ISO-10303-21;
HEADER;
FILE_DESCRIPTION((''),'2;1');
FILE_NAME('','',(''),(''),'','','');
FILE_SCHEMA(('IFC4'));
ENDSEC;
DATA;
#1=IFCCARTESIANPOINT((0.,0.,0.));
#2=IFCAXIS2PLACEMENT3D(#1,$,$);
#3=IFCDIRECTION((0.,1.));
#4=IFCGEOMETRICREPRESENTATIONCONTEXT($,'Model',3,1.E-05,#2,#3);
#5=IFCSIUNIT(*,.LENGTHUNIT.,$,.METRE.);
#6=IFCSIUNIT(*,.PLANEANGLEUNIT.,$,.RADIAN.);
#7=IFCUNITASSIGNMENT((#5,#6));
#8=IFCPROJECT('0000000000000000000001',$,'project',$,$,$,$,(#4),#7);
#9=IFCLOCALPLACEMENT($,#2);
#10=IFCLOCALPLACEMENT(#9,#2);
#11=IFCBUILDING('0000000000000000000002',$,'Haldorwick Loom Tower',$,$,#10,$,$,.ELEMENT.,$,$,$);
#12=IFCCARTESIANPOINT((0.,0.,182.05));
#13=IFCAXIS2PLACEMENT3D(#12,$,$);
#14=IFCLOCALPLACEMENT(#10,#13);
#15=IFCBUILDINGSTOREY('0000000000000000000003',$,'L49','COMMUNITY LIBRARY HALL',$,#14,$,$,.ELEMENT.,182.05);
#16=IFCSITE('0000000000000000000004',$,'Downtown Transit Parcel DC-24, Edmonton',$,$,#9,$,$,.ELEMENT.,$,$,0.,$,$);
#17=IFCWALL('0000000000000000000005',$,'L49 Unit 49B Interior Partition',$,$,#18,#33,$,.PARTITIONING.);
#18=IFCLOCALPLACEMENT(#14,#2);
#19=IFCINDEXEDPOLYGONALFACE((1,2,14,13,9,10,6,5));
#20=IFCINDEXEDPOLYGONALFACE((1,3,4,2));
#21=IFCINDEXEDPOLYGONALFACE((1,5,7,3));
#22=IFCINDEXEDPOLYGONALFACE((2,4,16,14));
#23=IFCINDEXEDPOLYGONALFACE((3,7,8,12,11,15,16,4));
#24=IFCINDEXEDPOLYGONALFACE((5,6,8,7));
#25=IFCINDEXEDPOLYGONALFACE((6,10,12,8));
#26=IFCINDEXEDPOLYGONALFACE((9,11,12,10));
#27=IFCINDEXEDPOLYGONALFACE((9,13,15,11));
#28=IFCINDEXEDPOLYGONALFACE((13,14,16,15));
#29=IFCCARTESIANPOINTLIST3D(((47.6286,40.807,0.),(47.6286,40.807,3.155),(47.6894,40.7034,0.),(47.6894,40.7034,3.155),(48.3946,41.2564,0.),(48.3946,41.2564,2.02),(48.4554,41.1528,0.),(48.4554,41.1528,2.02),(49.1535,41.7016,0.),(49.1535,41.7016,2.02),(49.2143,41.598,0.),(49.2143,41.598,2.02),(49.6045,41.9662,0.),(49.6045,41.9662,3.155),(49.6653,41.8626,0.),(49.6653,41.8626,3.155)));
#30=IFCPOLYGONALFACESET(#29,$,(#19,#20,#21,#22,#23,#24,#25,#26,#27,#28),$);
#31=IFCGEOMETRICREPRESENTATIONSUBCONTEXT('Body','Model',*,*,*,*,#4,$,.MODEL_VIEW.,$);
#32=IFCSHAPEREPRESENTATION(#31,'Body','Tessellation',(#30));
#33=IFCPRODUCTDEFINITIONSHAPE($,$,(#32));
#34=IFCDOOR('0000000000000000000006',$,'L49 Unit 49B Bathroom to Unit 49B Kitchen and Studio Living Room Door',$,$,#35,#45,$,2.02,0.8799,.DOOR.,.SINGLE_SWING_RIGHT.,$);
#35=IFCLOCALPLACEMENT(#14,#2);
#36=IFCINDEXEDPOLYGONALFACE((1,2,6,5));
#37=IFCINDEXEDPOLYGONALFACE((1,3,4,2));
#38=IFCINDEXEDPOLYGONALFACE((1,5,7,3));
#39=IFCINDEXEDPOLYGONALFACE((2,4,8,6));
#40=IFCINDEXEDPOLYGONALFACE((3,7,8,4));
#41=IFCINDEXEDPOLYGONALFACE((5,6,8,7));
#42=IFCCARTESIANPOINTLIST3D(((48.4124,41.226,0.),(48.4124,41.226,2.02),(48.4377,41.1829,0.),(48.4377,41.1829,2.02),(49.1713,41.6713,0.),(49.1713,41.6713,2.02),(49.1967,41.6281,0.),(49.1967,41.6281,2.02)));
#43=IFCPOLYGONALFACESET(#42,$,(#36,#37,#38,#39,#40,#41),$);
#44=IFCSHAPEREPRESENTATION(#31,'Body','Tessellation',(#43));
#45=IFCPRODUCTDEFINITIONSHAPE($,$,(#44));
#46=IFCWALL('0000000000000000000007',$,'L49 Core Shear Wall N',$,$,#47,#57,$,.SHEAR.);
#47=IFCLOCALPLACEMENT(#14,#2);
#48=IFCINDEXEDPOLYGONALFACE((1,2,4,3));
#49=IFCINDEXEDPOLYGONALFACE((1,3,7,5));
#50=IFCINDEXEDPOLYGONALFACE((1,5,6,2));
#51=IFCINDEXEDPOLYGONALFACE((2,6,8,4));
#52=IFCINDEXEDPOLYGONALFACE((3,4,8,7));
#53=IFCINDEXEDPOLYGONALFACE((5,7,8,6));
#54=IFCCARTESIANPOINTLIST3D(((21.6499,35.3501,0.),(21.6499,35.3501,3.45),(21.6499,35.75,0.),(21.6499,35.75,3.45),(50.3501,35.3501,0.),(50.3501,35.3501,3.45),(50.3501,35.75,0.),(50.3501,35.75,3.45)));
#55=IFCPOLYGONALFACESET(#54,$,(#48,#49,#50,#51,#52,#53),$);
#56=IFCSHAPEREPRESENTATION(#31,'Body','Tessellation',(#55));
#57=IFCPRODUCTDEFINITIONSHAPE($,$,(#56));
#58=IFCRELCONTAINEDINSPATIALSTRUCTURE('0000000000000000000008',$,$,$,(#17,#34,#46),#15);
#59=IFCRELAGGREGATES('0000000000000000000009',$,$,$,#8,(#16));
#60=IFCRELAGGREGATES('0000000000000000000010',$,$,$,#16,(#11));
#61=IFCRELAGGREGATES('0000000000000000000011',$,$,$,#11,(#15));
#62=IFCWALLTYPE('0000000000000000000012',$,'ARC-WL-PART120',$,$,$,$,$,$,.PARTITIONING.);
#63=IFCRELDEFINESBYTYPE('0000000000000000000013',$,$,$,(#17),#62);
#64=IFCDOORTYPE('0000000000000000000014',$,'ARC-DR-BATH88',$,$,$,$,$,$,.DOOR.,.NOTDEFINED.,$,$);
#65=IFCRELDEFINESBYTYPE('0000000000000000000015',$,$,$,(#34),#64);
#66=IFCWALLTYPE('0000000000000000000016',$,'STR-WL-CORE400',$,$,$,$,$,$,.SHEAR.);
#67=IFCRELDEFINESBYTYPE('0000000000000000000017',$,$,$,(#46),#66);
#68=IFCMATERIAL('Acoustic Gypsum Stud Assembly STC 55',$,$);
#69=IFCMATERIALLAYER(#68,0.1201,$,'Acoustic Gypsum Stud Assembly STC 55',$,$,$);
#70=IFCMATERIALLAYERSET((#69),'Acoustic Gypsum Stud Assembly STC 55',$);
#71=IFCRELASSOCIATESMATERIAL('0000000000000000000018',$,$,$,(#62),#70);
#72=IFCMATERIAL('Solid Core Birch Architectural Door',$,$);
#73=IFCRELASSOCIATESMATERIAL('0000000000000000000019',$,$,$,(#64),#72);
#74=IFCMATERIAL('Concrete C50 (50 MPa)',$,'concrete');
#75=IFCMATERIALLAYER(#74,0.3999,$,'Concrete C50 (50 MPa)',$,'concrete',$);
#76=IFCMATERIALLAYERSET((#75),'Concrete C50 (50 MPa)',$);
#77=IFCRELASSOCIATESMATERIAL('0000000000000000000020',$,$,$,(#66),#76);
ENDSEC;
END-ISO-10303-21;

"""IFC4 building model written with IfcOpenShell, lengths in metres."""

from ifc_helpers import new_model, si_unit, direction, frame, frame_2d, origin, place, context, subcontext, project, spatial, rectangle, extrude, material, layer, layer_set, type_object, element, fill, save


model = new_model("IFC4")

# Units and contexts
model_context = context("Model", 3, precision=1e-05, world=origin(), true_north=direction((0.0, 1.0)))
body_context = subcontext(model_context, "Body", "Model", "MODEL_VIEW")
ifc_project = project(units=[si_unit("LENGTHUNIT", "METRE"), si_unit("PLANEANGLEUNIT", "RADIAN")], contexts=[model_context])

# Site, building, storey
site_placement = place(None, origin())
site = spatial("IfcSite", under=ifc_project, at=site_placement, Name="Downtown Transit Parcel DC-24, Edmonton", CompositionType="ELEMENT", RefElevation=0.0)
building_placement = place(site_placement, origin())
building = spatial("IfcBuilding", under=site, at=building_placement, Name="Haldorwick Loom Tower", CompositionType="ELEMENT")
storey_placement = place(building_placement, frame((0.0, 0.0, 182.05)))
storey = spatial("IfcBuildingStorey", under=building, at=storey_placement, Name="L49", Description="COMMUNITY LIBRARY HALL", CompositionType="ELEMENT", Elevation=182.05)

# Shared definitions
ifc_material_1 = material(Name="Acoustic Gypsum Stud Assembly STC 55")
ifc_layer_1 = layer(ifc_material_1, 0.1201, Name="Acoustic Gypsum Stud Assembly STC 55")
ifc_layer_set_1 = layer_set([ifc_layer_1], Name="Acoustic Gypsum Stud Assembly STC 55")
wall_type_1 = type_object("IfcWallType", Name="ARC-WL-PART120", PredefinedType="PARTITIONING", material=ifc_layer_set_1)

# Wall, opening, door
wall_1_placement = place(storey_placement, frame((47.6589, 40.7551, 0.0), z_axis=(0.0, 0.0, 1.0), x_axis=(0.86252, 0.506023, 0.0)))
wall_1 = element("IfcWall", 1, at=wall_1_placement, inside=storey, type_object=wall_type_1, Name="L49 Unit 49B Interior Partition", PredefinedType="PARTITIONING", context=body_context, shape_type="SweptSolid", body=[
    extrude(rectangle(XDim=2.2908, YDim=0.1201, at=frame_2d((1.1455, 0.0))), origin(), (0.0, 0.0, 1.0), 3.155),
])
opening_1_placement = place(wall_1_placement, frame((0.8882, 0.0, 0.0)))
opening_1 = element("IfcOpeningElement", 2, at=opening_1_placement, cuts=wall_1, PredefinedType="OPENING", context=body_context, shape_type="SweptSolid", body=[
    extrude(rectangle(XDim=0.8799, YDim=2.02, at=frame_2d((0.4399, 1.01))), frame((0.0, 0.0701, 0.0), z_axis=(0.0, -1.0, 0.0), x_axis=(1.0, 0.0, 0.0)), (0.0, 0.0, 1.0), 0.1401),
])
ifc_material_2 = material(Name="Solid Core Birch Architectural Door")
door_type = type_object("IfcDoorType", Name="ARC-DR-BATH88", OperationType="NOTDEFINED", PredefinedType="DOOR", material=ifc_material_2)
door_placement = place(opening_1_placement, origin())
door = element("IfcDoor", 3, at=door_placement, inside=storey, type_object=door_type, Name="L49 Unit 49B Bathroom to Unit 49B Kitchen and Studio Living Room Door", OperationType="SINGLE_SWING_RIGHT", OverallHeight=2.02, OverallWidth=0.8799, PredefinedType="DOOR", context=body_context, shape_type="SweptSolid", body=[
    extrude(rectangle(XDim=0.8799, YDim=2.02, at=frame_2d((0.4399, 1.01))), frame((0.0, 0.0249, 0.0), z_axis=(0.0, -1.0, 0.0), x_axis=(1.0, 0.0, 0.0)), (0.0, 0.0, 1.0), 0.05),
])
fill(opening_1, door)

# Wall
ifc_material_3 = material(Name="Concrete C50 (50 MPa)", Category="concrete")
ifc_layer_2 = layer(ifc_material_3, 0.3999, Name="Concrete C50 (50 MPa)", Category="concrete")
ifc_layer_set_2 = layer_set([ifc_layer_2], Name="Concrete C50 (50 MPa)")
wall_type_2 = type_object("IfcWallType", Name="STR-WL-CORE400", PredefinedType="SHEAR", material=ifc_layer_set_2)
wall_2_placement = place(storey_placement, frame((50.3501, 35.55, 0.0), z_axis=(0.0, 0.0, 1.0), x_axis=(-1.0, 0.0, 0.0)))
element("IfcWall", 4, at=wall_2_placement, inside=storey, type_object=wall_type_2, Name="L49 Core Shear Wall N", PredefinedType="SHEAR", context=body_context, shape_type="SweptSolid", body=[
    extrude(rectangle(XDim=28.7002, YDim=0.3999, at=frame_2d((14.3501, 0.0))), origin(), (0.0, 0.0, 1.0), 3.45),
])

save(model, "model.ifc")
